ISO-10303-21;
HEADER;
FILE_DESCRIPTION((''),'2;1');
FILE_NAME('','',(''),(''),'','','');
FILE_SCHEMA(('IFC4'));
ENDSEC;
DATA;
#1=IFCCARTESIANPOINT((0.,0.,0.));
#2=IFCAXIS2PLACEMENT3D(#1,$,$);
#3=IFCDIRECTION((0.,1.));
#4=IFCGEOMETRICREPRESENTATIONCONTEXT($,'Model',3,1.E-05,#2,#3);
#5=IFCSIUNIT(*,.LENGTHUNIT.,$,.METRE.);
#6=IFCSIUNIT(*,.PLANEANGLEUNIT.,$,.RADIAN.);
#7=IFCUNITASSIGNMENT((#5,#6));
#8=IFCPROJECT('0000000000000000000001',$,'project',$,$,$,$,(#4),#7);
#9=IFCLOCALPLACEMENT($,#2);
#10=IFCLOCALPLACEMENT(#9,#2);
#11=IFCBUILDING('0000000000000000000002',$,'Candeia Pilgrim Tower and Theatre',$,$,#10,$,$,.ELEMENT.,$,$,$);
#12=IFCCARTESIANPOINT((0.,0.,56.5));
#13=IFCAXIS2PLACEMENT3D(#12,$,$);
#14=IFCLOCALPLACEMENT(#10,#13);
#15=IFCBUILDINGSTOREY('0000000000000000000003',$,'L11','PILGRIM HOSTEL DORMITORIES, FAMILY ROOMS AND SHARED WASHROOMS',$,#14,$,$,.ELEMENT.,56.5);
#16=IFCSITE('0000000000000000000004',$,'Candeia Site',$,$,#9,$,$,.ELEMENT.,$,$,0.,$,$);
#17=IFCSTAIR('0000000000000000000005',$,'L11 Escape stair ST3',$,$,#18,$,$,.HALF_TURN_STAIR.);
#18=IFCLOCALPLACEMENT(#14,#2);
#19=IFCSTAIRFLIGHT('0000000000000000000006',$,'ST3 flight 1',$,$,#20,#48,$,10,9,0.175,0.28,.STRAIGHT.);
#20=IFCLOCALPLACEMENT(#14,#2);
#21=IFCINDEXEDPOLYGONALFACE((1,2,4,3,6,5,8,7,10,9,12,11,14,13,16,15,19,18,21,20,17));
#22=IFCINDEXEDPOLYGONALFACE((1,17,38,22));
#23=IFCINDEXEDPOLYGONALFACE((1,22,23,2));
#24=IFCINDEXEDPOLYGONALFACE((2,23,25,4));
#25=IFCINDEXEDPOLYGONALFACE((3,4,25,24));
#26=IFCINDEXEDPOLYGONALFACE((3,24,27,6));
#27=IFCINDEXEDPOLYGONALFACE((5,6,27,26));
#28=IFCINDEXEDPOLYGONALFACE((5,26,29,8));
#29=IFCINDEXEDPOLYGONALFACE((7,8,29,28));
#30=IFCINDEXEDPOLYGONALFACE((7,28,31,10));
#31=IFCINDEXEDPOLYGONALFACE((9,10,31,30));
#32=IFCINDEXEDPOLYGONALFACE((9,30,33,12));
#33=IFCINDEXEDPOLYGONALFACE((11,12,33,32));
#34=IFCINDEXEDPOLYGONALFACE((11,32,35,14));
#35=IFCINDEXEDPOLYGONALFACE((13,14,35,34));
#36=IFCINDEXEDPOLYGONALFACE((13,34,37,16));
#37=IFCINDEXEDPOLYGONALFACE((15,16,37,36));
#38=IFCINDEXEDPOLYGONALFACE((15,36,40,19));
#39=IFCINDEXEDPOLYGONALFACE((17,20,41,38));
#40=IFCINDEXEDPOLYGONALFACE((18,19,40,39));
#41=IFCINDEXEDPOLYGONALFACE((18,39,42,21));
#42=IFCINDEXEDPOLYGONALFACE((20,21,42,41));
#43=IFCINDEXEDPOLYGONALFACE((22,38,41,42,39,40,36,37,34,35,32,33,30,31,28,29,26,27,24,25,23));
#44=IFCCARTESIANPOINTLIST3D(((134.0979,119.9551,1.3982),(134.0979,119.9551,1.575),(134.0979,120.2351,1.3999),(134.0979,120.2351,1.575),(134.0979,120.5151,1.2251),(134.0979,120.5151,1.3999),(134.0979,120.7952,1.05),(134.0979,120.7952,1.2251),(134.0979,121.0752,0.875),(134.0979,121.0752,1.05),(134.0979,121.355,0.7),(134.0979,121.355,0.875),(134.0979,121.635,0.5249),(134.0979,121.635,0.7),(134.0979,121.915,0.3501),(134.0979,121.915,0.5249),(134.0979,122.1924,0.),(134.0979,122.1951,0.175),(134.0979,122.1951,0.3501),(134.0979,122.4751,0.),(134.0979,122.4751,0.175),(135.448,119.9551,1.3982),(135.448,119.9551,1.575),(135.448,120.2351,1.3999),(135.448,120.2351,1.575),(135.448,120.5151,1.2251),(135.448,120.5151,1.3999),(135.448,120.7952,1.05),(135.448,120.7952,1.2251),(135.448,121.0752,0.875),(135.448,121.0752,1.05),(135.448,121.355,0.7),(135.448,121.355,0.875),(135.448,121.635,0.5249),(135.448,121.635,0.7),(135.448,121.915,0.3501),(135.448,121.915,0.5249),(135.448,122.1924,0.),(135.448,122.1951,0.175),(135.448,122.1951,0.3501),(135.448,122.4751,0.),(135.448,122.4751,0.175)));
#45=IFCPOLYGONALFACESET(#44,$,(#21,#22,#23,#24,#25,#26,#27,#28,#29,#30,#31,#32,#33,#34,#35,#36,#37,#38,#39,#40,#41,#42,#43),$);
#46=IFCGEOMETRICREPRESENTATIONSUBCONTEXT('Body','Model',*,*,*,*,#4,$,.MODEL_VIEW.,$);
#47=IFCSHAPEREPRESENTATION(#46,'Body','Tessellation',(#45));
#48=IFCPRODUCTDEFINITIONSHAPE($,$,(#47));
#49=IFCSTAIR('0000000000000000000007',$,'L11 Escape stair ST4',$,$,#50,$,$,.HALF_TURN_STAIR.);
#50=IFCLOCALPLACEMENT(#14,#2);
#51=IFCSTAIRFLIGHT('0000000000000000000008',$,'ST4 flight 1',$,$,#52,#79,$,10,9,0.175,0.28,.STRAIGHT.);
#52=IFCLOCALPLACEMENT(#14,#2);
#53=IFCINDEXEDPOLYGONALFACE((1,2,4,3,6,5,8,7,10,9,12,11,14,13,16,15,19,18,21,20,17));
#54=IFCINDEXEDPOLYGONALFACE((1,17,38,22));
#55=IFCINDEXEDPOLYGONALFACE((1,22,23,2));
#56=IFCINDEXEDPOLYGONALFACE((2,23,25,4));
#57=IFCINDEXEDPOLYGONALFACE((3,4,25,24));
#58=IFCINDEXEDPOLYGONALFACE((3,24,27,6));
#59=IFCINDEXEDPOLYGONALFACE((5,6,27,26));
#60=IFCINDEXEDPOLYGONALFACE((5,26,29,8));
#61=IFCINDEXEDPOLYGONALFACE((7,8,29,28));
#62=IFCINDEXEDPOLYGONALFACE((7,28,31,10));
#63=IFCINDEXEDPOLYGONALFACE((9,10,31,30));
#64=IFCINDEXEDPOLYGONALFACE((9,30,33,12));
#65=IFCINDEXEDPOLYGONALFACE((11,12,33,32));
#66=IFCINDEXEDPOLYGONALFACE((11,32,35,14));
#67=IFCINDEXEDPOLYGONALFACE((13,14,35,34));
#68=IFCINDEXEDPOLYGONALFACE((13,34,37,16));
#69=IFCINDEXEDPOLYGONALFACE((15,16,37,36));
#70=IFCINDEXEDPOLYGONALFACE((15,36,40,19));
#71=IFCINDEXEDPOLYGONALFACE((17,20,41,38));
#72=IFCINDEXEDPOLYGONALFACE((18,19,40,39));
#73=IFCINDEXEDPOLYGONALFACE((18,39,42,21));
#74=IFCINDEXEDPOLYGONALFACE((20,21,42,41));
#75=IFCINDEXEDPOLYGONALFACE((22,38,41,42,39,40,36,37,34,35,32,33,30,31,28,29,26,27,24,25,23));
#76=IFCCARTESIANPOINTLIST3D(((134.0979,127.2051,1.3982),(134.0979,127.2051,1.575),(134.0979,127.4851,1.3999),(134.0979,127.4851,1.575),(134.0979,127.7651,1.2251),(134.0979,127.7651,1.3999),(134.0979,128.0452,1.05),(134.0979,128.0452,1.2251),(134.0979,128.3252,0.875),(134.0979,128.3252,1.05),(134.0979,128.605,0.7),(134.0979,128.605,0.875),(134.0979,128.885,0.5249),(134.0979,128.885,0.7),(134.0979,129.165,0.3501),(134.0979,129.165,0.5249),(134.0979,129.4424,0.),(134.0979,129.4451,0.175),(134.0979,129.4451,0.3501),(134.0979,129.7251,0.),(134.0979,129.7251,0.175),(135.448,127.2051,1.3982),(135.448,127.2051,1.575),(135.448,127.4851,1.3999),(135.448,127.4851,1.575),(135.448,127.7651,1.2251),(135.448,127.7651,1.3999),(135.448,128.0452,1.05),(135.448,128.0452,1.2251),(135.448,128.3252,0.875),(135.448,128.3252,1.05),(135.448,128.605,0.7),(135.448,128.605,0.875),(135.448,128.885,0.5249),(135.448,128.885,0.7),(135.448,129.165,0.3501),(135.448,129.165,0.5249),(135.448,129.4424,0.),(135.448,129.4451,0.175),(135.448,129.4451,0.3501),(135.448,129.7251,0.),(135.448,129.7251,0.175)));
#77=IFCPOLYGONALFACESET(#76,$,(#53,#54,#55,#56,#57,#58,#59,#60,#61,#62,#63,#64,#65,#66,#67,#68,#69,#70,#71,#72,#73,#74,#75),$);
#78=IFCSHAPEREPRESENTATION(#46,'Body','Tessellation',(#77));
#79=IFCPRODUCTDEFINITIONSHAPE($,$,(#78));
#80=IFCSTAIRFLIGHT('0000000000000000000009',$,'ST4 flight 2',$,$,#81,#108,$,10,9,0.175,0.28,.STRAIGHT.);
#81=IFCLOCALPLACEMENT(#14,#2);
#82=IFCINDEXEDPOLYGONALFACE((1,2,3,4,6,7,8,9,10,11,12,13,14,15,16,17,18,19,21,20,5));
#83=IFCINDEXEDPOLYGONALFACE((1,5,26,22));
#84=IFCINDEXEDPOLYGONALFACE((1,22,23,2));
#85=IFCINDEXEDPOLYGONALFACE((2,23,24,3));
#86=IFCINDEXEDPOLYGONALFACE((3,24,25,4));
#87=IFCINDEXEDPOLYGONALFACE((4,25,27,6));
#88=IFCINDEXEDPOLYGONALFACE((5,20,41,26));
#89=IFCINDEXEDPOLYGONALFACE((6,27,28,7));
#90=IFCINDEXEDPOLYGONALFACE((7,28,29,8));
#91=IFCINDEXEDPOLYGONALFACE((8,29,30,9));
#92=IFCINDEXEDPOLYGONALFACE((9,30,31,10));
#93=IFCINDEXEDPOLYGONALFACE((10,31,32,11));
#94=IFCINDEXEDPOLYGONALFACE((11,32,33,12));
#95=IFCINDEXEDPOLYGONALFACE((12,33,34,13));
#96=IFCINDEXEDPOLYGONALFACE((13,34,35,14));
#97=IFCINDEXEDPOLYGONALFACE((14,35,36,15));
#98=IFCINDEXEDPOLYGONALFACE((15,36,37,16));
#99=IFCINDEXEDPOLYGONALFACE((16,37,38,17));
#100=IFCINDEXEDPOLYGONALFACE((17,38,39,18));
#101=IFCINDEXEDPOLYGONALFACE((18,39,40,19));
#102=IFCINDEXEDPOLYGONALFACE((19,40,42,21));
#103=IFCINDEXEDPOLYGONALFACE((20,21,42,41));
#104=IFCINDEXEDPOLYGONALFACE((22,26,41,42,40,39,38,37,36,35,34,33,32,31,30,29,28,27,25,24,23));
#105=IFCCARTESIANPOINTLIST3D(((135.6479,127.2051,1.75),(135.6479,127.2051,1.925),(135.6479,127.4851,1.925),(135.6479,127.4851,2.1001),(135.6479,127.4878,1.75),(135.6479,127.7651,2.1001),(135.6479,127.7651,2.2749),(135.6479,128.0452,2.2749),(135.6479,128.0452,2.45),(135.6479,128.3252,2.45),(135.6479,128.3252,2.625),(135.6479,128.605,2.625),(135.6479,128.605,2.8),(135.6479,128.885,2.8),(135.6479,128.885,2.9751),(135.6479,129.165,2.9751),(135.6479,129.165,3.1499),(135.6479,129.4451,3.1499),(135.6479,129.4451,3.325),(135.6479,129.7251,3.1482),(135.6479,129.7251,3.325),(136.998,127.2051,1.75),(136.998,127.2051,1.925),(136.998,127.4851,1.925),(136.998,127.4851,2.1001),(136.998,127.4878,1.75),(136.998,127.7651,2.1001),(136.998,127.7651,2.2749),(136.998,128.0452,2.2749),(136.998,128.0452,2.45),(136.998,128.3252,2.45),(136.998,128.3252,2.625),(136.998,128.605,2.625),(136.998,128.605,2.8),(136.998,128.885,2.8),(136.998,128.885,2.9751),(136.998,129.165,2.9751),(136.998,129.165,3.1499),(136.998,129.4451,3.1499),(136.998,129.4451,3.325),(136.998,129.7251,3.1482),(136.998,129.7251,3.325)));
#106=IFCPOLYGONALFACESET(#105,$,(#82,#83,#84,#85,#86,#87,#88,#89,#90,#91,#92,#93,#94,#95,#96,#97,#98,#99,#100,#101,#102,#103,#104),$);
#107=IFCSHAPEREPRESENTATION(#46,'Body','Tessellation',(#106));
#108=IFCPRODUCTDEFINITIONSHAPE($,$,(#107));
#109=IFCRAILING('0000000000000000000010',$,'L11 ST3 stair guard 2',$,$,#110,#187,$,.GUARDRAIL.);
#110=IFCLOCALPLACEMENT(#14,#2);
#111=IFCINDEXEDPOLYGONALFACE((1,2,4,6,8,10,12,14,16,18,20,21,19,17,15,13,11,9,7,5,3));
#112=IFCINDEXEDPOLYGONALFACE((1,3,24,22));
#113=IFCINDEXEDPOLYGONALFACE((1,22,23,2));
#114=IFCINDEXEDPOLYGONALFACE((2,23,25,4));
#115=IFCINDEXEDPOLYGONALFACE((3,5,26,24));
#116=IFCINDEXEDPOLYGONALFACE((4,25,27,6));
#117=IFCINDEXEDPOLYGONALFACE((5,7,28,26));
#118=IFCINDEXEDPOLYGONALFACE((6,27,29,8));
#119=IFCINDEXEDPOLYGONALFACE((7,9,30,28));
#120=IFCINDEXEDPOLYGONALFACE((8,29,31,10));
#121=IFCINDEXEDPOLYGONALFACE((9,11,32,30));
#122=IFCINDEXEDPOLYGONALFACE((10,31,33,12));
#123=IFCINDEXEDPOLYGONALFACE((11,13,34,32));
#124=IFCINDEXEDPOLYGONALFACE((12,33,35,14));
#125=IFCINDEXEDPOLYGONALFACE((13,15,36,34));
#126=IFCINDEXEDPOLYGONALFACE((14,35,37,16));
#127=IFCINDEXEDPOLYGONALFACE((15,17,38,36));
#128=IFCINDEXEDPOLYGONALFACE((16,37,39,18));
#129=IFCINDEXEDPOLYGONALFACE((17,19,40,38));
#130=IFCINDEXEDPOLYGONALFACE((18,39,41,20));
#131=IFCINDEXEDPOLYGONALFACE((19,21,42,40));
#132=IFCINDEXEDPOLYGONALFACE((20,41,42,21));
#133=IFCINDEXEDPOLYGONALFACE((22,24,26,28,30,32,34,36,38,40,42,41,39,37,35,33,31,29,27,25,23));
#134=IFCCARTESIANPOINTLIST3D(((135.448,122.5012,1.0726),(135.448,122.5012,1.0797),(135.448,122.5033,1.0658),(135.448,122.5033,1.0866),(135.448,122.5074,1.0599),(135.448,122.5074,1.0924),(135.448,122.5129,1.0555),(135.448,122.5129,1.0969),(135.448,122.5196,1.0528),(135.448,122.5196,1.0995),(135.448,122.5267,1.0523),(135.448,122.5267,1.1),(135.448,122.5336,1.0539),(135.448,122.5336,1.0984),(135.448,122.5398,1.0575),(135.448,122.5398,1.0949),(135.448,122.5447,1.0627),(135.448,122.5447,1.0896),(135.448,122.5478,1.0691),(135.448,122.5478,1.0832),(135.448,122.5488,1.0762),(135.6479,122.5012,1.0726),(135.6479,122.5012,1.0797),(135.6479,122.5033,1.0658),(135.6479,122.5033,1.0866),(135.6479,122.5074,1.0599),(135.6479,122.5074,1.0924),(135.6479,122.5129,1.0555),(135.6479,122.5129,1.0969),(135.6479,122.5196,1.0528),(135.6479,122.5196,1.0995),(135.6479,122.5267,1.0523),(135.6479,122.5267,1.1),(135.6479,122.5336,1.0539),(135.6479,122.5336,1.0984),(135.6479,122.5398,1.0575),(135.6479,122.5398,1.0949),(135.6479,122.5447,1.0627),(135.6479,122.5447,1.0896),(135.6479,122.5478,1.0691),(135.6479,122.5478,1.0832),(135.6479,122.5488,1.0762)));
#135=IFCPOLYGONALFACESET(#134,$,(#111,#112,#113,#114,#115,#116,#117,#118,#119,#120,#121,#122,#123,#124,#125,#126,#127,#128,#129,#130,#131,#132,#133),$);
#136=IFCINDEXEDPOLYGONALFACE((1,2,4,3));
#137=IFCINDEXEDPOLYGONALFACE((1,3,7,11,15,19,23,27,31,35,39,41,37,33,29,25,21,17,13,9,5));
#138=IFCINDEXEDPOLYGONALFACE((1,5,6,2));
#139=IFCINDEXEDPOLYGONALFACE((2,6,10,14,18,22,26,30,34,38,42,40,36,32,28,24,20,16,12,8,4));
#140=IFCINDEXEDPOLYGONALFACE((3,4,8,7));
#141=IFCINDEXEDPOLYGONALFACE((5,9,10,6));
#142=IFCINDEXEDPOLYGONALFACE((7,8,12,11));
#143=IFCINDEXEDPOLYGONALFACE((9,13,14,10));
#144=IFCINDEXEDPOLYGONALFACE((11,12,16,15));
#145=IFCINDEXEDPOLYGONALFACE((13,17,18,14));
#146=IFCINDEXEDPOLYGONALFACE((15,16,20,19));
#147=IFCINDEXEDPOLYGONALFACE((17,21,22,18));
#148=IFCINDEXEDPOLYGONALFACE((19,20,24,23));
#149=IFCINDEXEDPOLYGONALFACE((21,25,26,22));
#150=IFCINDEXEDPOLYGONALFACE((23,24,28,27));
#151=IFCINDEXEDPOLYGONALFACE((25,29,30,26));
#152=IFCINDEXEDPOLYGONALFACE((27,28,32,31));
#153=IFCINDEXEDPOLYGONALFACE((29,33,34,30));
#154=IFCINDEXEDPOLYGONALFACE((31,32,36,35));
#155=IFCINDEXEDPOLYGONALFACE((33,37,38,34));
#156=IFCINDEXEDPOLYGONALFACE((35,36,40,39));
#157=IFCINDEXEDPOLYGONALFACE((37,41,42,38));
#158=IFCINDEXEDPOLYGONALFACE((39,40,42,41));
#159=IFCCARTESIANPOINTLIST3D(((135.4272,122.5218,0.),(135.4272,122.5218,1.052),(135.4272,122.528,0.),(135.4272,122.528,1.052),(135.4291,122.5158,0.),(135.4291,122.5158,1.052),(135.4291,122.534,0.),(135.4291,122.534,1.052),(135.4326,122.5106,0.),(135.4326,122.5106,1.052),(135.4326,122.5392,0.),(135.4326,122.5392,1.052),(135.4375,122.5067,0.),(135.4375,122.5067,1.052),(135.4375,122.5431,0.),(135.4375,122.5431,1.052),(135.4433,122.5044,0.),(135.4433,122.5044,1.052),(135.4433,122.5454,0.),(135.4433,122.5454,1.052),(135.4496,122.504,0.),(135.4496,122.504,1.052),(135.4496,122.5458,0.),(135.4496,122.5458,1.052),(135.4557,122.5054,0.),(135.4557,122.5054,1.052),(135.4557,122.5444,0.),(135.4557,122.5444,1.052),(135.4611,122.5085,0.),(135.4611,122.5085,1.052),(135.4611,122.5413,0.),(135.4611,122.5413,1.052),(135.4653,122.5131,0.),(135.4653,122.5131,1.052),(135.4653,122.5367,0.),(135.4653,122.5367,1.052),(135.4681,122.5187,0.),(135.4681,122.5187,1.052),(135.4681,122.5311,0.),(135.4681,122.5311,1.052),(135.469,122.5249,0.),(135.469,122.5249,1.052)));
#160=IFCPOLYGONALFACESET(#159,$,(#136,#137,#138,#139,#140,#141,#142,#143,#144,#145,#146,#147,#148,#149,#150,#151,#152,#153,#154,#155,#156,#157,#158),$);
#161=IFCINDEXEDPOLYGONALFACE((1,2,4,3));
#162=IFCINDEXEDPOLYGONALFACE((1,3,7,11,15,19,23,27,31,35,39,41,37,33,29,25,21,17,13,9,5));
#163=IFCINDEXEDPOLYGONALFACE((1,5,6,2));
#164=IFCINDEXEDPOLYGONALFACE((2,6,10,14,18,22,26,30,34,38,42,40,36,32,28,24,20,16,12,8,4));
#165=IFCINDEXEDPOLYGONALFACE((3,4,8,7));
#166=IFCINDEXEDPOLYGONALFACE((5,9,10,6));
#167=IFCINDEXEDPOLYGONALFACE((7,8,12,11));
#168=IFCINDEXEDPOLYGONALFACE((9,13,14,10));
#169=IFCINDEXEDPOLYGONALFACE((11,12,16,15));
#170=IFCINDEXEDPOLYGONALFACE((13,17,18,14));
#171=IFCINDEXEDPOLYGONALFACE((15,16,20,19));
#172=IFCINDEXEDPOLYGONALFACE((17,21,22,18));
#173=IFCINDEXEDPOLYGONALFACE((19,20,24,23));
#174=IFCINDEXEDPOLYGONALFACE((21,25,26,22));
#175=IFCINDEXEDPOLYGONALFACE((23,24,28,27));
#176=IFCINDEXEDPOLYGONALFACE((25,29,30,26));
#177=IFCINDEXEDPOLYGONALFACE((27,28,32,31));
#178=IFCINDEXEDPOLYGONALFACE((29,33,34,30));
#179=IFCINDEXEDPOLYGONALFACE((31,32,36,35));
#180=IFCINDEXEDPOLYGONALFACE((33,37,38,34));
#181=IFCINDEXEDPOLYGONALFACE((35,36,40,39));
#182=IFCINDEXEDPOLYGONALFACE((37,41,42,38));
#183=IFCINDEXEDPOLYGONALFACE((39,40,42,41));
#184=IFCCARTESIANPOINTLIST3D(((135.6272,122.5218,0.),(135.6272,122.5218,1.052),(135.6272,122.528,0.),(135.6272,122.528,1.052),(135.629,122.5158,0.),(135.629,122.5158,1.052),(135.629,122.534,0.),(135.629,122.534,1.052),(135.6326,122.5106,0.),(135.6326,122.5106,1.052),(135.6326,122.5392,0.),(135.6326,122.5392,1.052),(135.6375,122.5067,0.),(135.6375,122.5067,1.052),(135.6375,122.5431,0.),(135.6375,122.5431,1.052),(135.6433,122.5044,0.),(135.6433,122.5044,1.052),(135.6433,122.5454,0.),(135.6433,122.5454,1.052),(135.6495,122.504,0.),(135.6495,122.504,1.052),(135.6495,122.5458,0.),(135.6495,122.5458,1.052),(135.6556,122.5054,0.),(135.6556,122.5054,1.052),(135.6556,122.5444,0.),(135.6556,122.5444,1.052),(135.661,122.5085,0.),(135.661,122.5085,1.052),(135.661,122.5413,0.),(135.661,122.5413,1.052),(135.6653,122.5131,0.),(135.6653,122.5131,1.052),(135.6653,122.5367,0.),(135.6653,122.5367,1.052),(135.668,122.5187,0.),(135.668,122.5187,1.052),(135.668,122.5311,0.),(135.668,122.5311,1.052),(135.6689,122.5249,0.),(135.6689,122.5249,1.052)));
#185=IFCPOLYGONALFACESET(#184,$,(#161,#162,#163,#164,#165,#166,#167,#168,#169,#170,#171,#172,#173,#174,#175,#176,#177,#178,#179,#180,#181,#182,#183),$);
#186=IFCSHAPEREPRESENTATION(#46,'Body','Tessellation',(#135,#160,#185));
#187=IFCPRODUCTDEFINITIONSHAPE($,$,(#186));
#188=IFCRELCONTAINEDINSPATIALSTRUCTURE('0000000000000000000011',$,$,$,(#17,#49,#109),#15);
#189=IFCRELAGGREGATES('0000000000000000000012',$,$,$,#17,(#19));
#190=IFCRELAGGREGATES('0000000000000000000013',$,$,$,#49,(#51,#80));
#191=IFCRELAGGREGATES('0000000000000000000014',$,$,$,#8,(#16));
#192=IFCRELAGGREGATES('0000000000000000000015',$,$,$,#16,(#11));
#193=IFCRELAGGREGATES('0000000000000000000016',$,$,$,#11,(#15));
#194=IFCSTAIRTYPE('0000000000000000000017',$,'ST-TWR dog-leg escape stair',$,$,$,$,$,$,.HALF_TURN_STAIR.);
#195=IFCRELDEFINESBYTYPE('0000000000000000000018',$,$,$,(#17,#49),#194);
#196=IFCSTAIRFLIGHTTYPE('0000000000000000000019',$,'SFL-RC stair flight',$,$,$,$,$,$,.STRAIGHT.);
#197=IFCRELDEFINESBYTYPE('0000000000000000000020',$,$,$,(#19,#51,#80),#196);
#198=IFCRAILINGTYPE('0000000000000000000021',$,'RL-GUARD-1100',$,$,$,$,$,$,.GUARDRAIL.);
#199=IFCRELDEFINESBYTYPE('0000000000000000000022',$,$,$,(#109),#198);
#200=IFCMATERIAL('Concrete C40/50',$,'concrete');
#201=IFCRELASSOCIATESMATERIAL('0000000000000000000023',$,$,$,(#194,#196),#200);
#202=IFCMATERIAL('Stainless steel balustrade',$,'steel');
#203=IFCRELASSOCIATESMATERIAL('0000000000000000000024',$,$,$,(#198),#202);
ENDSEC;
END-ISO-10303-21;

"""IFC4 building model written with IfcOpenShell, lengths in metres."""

from ifc_helpers import new_model, si_unit, direction, frame, origin, origin_2d, place, context, subcontext, project, spatial, polyline, circle, outline, extrude, material, type_object, element, aggregate, save


model = new_model("IFC4")

# Units and contexts
model_context = context("Model", 3, precision=1e-05, world=origin(), true_north=direction((0.0, 1.0)))
body_context = subcontext(model_context, "Body", "Model", "MODEL_VIEW")
ifc_project = project(units=[si_unit("LENGTHUNIT", "METRE"), si_unit("PLANEANGLEUNIT", "RADIAN")], contexts=[model_context])

# Site, building, storey
site_placement = place(None, origin())
site = spatial("IfcSite", under=ifc_project, at=site_placement, Name="Candeia Site", CompositionType="ELEMENT", RefElevation=0.0)
building_placement = place(site_placement, origin())
building = spatial("IfcBuilding", under=site, at=building_placement, Name="Candeia Pilgrim Tower and Theatre", CompositionType="ELEMENT")
storey_placement = place(building_placement, frame((0.0, 0.0, 56.5)))
storey = spatial("IfcBuildingStorey", under=building, at=storey_placement, Name="L11", Description="PILGRIM HOSTEL DORMITORIES, FAMILY ROOMS AND SHARED WASHROOMS", CompositionType="ELEMENT", Elevation=56.5)

# Shared definitions
ifc_material_1 = material(Name="Concrete C40/50", Category="concrete")

# Stair, stair flight
stair_type = type_object("IfcStairType", Name="ST-TWR dog-leg escape stair", PredefinedType="HALF_TURN_STAIR", material=ifc_material_1)
stair_1_placement = place(storey_placement, origin())
stair_1 = element("IfcStair", 1, at=stair_1_placement, inside=storey, type_object=stair_type, Name="L11 Escape stair ST3", PredefinedType="HALF_TURN_STAIR")
stair_flight_type = type_object("IfcStairFlightType", Name="SFL-RC stair flight", PredefinedType="STRAIGHT", material=ifc_material_1)
stair_flight_1_placement = place(storey_placement, frame((134.7729, 122.4751, 0.0), z_axis=(0.0, 0.0, 1.0), x_axis=(0.0, -1.0, 0.0)))
stair_flight_1 = element("IfcStairFlight", 2, at=stair_flight_1_placement, type_object=stair_flight_type, Name="ST3 flight 1", NumberOfRisers=10, NumberOfTreads=9, PredefinedType="STRAIGHT", RiserHeight=0.175, TreadLength=0.28, context=body_context, shape_type="SweptSolid", body=[
    extrude(outline(polyline([(0.0, 0.0), (0.0, 0.175), (0.28, 0.175), (0.28, 0.3501), (0.5601, 0.3501), (0.5601, 0.5249), (0.8401, 0.5249), (0.8401, 0.7), (1.1201, 0.7), (1.1201, 0.875), (1.3999, 0.875), (1.3999, 1.05), (1.6799, 1.05), (1.6799, 1.2251), (1.96, 1.2251), (1.96, 1.3999), (2.24, 1.3999), (2.24, 1.575), (2.52, 1.575), (2.52, 1.75), (2.52, 1.3982), (0.2827, 0.0), (0.0, 0.0)])), frame((0.0, 0.675, 0.0), z_axis=(0.0, -1.0, 0.0), x_axis=(1.0, 0.0, 0.0)), (0.0, 0.0, 1.0), 1.3501),
])
aggregate(stair_1, [stair_flight_1])

# Stair, stair flights
stair_2_placement = place(storey_placement, origin())
stair_2 = element("IfcStair", 3, at=stair_2_placement, inside=storey, type_object=stair_type, Name="L11 Escape stair ST4", PredefinedType="HALF_TURN_STAIR")
stair_flight_2_placement = place(storey_placement, frame((134.7729, 129.7251, 0.0), z_axis=(0.0, 0.0, 1.0), x_axis=(0.0, -1.0, 0.0)))
stair_flight_2 = element("IfcStairFlight", 4, at=stair_flight_2_placement, type_object=stair_flight_type, Name="ST4 flight 1", NumberOfRisers=10, NumberOfTreads=9, PredefinedType="STRAIGHT", RiserHeight=0.175, TreadLength=0.28, context=body_context, shape_type="SweptSolid", body=[
    extrude(outline(polyline([(0.0, 0.0), (0.0, 0.175), (0.28, 0.175), (0.28, 0.3501), (0.5601, 0.3501), (0.5601, 0.5249), (0.8401, 0.5249), (0.8401, 0.7), (1.1201, 0.7), (1.1201, 0.875), (1.3999, 0.875), (1.3999, 1.05), (1.6799, 1.05), (1.6799, 1.2251), (1.96, 1.2251), (1.96, 1.3999), (2.24, 1.3999), (2.24, 1.575), (2.52, 1.575), (2.52, 1.75), (2.52, 1.3982), (0.2827, 0.0), (0.0, 0.0)])), frame((0.0, 0.675, 0.0), z_axis=(0.0, -1.0, 0.0), x_axis=(1.0, 0.0, 0.0)), (0.0, 0.0, 1.0), 1.3501),
])
stair_flight_3_placement = place(storey_placement, frame((136.323, 127.2051, 1.75), z_axis=(0.0, 0.0, 1.0), x_axis=(0.0, 1.0, 0.0)))
stair_flight_3 = element("IfcStairFlight", 5, at=stair_flight_3_placement, type_object=stair_flight_type, Name="ST4 flight 2", NumberOfRisers=10, NumberOfTreads=9, PredefinedType="STRAIGHT", RiserHeight=0.175, TreadLength=0.28, context=body_context, shape_type="SweptSolid", body=[
    extrude(outline(polyline([(0.0, 0.0), (0.0, 0.175), (0.28, 0.175), (0.28, 0.3501), (0.5601, 0.3501), (0.5601, 0.5249), (0.8401, 0.5249), (0.8401, 0.7), (1.1201, 0.7), (1.1201, 0.875), (1.3999, 0.875), (1.3999, 1.05), (1.6799, 1.05), (1.6799, 1.2251), (1.96, 1.2251), (1.96, 1.3999), (2.24, 1.3999), (2.24, 1.575), (2.52, 1.575), (2.52, 1.75), (2.52, 1.3982), (0.2827, 0.0), (0.0, 0.0)])), frame((0.0, 0.675, 0.0), z_axis=(0.0, -1.0, 0.0), x_axis=(1.0, 0.0, 0.0)), (0.0, 0.0, 1.0), 1.3501),
])
aggregate(stair_2, [stair_flight_2, stair_flight_3])

# Railing
ifc_material_2 = material(Name="Stainless steel balustrade", Category="steel")
railing_type_1 = type_object("IfcRailingType", Name="RL-GUARD-1100", PredefinedType="GUARDRAIL", material=ifc_material_2)
railing_1_placement = place(storey_placement, frame((135.448, 122.5249, 0.0)))
element("IfcRailing", 6, at=railing_1_placement, inside=storey, type_object=railing_type_1, Name="L11 ST3 stair guard 2", PredefinedType="GUARDRAIL", context=body_context, shape_type="SweptSolid", body=[
    extrude(circle(Radius=0.0239, at=origin_2d()), frame((0.0, 0.0, 1.0762), z_axis=(1.0, 0.0, 0.0), x_axis=(0.0, 1.0, 0.0)), (0.0, 0.0, 1.0), 0.2),
    extrude(circle(Radius=0.021, at=origin_2d()), origin(), (0.0, 0.0, 1.0), 1.052),
    extrude(circle(Radius=0.021, at=origin_2d()), frame((0.2, 0.0, 0.0)), (0.0, 0.0, 1.0), 1.052),
])

save(model, "model.ifc")
